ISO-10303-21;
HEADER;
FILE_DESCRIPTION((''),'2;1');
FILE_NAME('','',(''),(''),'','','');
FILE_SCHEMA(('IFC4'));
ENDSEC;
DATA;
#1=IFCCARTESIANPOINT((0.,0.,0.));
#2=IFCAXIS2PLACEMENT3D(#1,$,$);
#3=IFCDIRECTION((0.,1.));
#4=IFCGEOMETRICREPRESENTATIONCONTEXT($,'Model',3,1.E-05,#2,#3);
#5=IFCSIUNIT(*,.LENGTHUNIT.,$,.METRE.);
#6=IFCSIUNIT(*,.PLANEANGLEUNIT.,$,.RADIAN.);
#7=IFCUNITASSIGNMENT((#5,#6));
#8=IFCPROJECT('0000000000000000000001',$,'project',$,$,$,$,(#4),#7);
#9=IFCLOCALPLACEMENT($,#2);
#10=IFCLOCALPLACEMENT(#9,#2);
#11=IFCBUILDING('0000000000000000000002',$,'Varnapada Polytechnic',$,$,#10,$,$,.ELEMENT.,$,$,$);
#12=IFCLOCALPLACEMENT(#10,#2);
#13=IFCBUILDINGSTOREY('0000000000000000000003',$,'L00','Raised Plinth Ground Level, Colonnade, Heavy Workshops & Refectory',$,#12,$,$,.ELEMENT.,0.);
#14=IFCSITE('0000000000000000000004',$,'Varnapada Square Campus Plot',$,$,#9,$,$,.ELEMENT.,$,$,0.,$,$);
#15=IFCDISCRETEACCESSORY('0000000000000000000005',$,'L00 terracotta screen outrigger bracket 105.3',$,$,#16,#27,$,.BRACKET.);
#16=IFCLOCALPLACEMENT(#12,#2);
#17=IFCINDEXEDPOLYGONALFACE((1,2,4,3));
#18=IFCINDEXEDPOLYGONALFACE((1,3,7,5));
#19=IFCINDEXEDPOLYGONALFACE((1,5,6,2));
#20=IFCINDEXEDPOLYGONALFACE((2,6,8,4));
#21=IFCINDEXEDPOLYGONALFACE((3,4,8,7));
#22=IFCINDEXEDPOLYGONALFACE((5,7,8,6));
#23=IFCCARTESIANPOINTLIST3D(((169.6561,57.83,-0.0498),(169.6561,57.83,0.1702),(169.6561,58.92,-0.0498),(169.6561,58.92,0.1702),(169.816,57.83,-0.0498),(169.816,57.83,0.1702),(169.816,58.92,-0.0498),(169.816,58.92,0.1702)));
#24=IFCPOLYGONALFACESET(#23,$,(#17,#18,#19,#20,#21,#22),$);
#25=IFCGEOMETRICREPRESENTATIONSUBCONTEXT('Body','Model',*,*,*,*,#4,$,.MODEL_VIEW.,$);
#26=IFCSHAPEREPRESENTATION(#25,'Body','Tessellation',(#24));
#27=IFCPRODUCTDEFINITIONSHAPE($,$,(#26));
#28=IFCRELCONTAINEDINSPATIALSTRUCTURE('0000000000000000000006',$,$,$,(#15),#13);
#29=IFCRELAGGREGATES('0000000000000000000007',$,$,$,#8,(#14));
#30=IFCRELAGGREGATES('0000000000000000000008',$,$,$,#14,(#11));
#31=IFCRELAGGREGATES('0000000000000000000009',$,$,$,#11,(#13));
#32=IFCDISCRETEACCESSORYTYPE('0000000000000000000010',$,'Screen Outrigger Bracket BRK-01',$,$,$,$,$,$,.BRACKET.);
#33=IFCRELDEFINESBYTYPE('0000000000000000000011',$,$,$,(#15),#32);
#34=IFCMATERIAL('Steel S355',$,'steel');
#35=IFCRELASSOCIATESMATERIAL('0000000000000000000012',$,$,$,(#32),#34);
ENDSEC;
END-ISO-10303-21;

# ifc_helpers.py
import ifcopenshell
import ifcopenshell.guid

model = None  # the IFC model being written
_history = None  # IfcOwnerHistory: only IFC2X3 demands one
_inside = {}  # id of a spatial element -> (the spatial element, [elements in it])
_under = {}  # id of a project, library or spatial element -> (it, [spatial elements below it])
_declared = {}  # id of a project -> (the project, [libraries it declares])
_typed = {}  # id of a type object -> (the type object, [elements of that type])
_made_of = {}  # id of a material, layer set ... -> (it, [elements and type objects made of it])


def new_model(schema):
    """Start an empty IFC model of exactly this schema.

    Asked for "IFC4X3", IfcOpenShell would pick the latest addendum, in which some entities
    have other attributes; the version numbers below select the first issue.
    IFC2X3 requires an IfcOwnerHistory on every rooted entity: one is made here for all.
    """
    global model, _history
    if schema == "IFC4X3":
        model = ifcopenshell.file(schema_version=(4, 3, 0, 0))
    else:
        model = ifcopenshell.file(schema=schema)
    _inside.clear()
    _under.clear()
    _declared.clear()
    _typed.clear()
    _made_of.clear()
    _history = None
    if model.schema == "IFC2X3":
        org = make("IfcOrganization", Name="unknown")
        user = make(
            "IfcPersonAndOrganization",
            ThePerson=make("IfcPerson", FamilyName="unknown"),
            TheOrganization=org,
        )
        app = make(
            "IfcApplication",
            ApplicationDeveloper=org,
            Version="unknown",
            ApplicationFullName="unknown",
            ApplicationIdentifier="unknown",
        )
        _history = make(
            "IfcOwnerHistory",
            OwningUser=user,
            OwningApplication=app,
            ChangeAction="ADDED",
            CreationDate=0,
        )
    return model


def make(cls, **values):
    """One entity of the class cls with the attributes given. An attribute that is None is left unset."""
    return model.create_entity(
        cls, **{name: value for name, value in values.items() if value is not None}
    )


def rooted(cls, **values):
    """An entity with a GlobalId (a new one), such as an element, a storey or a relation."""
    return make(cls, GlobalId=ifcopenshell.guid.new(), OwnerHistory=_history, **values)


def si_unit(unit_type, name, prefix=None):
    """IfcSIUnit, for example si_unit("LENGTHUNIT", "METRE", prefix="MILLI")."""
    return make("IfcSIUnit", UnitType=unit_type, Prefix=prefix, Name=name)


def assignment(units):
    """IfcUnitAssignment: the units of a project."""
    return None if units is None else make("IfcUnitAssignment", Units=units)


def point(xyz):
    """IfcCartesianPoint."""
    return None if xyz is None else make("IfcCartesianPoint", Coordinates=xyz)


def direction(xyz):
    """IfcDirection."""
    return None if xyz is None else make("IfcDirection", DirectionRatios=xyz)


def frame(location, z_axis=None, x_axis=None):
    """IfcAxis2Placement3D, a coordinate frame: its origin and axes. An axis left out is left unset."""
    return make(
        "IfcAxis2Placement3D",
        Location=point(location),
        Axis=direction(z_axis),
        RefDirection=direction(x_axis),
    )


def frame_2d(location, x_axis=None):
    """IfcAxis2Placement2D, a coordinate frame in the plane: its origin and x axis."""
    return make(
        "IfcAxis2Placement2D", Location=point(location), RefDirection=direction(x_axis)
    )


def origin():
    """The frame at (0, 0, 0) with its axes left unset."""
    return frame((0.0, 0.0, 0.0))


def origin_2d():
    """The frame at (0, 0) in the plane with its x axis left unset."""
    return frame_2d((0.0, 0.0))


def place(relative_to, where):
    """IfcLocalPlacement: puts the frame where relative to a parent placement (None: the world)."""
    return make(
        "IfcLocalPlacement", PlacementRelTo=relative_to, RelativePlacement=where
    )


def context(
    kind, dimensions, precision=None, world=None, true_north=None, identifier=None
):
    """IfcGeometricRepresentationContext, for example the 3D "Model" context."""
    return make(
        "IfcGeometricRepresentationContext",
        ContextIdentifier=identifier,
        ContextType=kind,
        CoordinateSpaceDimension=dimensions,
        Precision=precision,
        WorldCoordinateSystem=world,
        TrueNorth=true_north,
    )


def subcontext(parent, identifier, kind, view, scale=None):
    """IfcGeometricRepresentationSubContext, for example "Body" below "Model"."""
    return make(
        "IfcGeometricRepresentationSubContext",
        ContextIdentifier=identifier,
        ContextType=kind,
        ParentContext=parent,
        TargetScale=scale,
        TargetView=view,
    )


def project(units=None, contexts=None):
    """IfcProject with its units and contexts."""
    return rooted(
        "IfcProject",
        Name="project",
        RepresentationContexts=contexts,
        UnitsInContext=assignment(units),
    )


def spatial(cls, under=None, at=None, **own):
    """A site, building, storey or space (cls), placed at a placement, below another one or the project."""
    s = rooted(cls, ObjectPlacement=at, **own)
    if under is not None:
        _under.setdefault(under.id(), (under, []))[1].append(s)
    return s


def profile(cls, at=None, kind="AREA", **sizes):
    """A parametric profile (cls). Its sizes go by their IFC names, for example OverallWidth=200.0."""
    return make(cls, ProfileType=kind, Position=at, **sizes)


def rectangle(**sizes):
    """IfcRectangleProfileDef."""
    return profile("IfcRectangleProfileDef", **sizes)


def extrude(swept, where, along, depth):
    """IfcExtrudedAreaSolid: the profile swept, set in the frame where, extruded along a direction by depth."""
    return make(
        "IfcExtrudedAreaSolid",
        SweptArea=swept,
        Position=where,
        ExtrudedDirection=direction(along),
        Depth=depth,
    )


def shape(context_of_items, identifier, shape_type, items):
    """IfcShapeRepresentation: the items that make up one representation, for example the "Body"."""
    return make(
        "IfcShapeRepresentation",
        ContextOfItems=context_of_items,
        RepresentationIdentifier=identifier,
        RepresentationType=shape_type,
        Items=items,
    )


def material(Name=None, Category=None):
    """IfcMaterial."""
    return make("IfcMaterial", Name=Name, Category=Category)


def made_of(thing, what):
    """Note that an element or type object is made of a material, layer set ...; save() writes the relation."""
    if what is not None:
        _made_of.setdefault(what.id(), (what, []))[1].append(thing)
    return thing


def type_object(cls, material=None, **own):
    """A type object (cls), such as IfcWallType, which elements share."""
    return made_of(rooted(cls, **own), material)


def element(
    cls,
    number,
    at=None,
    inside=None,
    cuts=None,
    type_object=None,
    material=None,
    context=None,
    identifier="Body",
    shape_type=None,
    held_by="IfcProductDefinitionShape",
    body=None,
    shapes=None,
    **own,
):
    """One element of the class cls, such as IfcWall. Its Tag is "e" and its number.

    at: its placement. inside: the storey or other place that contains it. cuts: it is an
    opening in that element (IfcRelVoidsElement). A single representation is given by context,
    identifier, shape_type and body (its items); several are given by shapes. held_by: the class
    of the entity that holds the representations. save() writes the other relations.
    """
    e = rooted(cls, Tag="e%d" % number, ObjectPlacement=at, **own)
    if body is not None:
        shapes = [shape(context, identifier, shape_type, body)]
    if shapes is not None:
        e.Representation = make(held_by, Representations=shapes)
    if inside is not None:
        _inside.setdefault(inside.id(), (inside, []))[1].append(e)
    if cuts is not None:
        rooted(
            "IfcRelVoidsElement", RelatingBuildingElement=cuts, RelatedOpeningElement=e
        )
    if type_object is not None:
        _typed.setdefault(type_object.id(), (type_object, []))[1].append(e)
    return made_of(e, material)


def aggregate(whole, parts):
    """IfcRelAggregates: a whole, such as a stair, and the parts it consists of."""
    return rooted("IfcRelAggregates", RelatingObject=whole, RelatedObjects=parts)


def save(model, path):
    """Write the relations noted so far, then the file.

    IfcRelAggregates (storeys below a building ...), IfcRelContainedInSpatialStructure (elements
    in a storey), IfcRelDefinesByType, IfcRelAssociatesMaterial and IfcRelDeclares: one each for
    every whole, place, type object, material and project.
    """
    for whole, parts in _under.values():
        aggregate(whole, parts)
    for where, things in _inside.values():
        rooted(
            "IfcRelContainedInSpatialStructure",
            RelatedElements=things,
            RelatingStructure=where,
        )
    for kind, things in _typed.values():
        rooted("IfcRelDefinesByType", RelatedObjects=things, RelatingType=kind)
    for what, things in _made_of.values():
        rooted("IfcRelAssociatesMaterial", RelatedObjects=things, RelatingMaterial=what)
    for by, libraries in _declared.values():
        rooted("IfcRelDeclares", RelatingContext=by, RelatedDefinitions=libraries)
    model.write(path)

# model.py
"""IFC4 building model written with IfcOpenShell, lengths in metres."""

from ifc_helpers import new_model, si_unit, direction, frame, origin, origin_2d, place, context, subcontext, project, spatial, rectangle, extrude, material, type_object, element, save


model = new_model("IFC4")

# Units and contexts
model_context = context("Model", 3, precision=1e-05, world=origin(), true_north=direction((0.0, 1.0)))
body_context = subcontext(model_context, "Body", "Model", "MODEL_VIEW")
ifc_project = project(units=[si_unit("LENGTHUNIT", "METRE"), si_unit("PLANEANGLEUNIT", "RADIAN")], contexts=[model_context])

# Site, building, storey
site_placement = place(None, origin())
site = spatial("IfcSite", under=ifc_project, at=site_placement, Name="Varnapada Square Campus Plot", CompositionType="ELEMENT", RefElevation=0.0)
building_placement = place(site_placement, origin())
building = spatial("IfcBuilding", under=site, at=building_placement, Name="Varnapada Polytechnic", CompositionType="ELEMENT")
storey_placement = place(building_placement, origin())
storey = spatial("IfcBuildingStorey", under=building, at=storey_placement, Name="L00", Description="Raised Plinth Ground Level, Colonnade, Heavy Workshops & Refectory", CompositionType="ELEMENT", Elevation=0.0)

# Discrete accessory
ifc_material_1 = material(Name="Steel S355", Category="steel")
discrete_accessory_type = type_object("IfcDiscreteAccessoryType", Name="Screen Outrigger Bracket BRK-01", PredefinedType="BRACKET", material=ifc_material_1)
for number, where, z_axis, x_axis, name in (
    (1, (169.7361, 58.375, -0.0498), (0.0, 0.0, 1.0), (-1.0, 0.0, 0.0), "L00 terracotta screen outrigger bracket 105.3"),
):
    element("IfcDiscreteAccessory", number, at=place(storey_placement, frame(where, z_axis=z_axis, x_axis=x_axis)), inside=storey, type_object=discrete_accessory_type, Name=name, PredefinedType="BRACKET", context=body_context, shape_type="SweptSolid", body=[
        extrude(rectangle(XDim=0.1599, YDim=1.0901, at=origin_2d()), origin(), (0.0, 0.0, 1.0), 0.22),
    ])

save(model, "model.ifc")
